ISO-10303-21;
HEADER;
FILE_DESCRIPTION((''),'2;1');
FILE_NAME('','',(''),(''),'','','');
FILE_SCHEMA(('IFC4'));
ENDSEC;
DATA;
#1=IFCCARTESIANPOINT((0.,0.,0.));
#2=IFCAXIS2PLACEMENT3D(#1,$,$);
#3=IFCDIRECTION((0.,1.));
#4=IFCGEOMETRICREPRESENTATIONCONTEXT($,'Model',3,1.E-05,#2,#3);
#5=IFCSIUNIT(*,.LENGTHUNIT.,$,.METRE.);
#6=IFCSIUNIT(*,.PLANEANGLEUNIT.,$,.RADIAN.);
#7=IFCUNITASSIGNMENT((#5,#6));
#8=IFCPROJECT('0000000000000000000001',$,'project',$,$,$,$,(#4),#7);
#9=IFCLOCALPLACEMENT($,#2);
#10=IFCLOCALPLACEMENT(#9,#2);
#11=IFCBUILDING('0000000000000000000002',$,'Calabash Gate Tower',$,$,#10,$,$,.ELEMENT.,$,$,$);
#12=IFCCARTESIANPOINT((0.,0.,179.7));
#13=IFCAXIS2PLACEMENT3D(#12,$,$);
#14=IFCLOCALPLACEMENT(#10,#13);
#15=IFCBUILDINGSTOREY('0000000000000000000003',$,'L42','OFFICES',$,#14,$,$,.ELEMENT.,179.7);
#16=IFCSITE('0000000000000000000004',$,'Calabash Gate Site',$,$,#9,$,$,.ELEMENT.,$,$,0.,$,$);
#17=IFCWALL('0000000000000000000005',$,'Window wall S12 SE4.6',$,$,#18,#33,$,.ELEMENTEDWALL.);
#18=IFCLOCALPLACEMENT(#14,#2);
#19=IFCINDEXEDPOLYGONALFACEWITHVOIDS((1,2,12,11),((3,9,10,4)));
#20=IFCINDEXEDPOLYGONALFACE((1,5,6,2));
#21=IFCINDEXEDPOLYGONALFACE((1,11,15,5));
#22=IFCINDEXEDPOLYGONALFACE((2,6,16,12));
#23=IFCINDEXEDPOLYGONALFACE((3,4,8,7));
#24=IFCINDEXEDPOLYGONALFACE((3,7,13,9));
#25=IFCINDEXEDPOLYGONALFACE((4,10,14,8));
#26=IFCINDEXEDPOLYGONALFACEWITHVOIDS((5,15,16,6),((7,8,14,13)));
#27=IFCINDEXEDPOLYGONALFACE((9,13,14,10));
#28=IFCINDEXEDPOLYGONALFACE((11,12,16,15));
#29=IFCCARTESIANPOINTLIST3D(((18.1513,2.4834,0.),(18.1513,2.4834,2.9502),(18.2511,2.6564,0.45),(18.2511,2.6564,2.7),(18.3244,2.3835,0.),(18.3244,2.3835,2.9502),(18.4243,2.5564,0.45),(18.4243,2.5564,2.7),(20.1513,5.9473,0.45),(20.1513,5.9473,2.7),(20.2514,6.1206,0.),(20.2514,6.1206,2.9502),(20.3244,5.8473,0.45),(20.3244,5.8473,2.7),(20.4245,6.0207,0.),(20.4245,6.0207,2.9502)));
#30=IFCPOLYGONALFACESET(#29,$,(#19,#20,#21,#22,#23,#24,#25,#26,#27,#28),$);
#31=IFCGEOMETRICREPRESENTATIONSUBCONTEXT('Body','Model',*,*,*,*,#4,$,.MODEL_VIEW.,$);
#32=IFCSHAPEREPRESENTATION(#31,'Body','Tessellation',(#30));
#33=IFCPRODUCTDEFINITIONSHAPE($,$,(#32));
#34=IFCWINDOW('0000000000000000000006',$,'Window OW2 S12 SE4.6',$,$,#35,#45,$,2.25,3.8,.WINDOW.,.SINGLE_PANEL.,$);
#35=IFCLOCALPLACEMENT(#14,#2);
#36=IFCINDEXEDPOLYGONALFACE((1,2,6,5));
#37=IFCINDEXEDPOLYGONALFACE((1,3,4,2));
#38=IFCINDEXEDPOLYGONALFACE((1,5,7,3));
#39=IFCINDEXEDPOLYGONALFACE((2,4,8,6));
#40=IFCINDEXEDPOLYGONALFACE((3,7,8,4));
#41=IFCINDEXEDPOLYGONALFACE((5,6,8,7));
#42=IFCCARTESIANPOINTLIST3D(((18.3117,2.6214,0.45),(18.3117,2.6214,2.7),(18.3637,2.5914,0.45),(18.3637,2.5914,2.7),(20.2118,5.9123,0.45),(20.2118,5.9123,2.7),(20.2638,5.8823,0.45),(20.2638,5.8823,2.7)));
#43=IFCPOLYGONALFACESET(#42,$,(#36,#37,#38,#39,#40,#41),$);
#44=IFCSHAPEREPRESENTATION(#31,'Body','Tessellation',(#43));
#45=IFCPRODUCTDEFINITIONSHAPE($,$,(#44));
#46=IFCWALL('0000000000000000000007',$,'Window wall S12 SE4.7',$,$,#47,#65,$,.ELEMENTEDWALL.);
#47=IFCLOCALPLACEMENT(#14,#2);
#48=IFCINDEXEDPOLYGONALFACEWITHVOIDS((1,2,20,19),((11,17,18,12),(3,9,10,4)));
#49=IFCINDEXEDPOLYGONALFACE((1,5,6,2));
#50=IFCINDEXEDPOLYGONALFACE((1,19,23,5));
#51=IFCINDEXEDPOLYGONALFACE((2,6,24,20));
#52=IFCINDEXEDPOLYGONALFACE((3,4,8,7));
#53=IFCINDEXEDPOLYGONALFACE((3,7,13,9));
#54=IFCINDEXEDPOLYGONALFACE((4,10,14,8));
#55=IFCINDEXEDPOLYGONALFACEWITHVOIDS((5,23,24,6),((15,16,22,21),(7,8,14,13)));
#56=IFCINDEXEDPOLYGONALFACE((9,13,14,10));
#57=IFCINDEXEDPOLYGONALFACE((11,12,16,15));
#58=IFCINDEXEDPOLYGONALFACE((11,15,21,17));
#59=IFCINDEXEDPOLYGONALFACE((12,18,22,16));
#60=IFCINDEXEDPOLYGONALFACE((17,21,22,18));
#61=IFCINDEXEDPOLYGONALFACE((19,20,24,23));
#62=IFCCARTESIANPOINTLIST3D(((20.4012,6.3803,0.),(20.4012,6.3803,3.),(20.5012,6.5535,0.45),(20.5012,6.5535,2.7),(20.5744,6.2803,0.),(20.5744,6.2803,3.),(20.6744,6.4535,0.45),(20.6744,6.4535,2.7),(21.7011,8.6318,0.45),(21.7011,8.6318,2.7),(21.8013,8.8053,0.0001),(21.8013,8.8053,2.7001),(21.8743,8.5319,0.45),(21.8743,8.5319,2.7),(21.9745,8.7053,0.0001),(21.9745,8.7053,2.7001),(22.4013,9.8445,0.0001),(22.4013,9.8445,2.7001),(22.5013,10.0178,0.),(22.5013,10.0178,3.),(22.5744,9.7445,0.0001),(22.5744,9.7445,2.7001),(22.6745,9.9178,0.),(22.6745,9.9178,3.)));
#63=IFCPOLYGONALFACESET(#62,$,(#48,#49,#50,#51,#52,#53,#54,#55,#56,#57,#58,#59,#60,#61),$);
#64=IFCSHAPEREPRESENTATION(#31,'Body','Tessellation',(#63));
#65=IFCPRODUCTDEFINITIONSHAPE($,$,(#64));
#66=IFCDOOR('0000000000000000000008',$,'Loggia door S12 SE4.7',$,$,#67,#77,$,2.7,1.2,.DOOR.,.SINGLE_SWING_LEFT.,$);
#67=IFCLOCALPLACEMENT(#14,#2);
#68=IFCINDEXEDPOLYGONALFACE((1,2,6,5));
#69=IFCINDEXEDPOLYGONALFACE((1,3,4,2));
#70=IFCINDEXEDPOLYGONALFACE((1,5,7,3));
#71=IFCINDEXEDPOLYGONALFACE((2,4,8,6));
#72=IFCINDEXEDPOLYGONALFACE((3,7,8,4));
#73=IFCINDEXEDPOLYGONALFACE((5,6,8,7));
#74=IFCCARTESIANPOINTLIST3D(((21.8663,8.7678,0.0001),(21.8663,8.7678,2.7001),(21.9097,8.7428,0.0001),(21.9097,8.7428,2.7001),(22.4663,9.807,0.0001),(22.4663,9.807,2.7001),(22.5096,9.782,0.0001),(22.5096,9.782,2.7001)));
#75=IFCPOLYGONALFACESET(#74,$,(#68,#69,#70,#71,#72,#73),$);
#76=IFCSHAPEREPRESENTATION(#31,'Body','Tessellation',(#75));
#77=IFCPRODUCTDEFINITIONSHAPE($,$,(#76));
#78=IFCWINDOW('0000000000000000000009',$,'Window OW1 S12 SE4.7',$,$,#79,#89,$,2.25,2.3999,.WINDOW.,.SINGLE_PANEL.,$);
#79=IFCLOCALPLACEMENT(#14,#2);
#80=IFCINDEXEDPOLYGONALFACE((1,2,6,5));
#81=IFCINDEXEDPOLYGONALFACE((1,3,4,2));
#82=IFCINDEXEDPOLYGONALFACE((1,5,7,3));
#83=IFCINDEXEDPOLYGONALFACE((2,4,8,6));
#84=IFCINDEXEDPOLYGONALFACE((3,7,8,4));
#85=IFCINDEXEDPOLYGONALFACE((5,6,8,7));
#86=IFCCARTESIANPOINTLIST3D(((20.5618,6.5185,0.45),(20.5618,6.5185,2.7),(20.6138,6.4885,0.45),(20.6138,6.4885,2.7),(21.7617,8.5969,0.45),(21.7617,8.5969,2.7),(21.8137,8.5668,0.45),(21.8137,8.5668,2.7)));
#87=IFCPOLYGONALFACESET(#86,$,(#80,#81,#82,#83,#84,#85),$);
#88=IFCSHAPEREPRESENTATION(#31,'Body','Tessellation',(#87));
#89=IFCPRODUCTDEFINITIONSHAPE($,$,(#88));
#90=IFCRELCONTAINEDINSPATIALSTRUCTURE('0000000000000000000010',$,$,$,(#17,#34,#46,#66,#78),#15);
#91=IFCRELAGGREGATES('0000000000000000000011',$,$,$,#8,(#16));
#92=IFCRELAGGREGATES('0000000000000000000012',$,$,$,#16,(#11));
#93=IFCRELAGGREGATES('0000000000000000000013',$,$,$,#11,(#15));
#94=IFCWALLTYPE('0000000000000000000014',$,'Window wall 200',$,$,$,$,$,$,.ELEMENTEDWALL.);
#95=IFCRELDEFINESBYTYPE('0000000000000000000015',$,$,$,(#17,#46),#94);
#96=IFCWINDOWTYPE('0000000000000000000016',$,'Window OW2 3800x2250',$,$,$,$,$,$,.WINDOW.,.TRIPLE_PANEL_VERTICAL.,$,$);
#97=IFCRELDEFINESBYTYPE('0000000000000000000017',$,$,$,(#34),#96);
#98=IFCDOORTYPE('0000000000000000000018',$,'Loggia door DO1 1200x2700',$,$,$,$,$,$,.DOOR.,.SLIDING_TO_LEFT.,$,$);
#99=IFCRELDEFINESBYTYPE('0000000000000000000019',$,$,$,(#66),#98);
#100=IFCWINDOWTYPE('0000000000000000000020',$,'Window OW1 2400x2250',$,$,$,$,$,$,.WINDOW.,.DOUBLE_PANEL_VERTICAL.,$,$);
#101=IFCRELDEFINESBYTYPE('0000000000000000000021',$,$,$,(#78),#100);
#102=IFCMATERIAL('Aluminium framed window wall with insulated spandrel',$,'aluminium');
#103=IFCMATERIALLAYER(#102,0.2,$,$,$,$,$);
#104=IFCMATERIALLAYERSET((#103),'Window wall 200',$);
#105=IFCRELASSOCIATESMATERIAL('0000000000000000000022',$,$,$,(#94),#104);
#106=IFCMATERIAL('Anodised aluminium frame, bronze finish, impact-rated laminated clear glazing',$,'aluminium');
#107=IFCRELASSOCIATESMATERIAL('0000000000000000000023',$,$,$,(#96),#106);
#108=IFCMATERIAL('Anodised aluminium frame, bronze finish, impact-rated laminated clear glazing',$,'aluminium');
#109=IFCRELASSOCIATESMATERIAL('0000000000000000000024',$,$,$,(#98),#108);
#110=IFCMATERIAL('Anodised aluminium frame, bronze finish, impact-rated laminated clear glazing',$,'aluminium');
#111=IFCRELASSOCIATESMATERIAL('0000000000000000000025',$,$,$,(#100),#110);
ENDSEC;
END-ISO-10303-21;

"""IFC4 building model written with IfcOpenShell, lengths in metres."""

from ifc_helpers import new_model, si_unit, direction, frame, frame_2d, origin, place, context, subcontext, project, spatial, rectangle, extrude, material, layer, layer_set, type_object, element, fill, save


model = new_model("IFC4")

# Units and contexts
model_context = context("Model", 3, precision=1e-05, world=origin(), true_north=direction((0.0, 1.0)))
body_context = subcontext(model_context, "Body", "Model", "MODEL_VIEW")
ifc_project = project(units=[si_unit("LENGTHUNIT", "METRE"), si_unit("PLANEANGLEUNIT", "RADIAN")], contexts=[model_context])

# Site, building, storey
site_placement = place(None, origin())
site = spatial("IfcSite", under=ifc_project, at=site_placement, Name="Calabash Gate Site", CompositionType="ELEMENT", RefElevation=0.0)
building_placement = place(site_placement, origin())
building = spatial("IfcBuilding", under=site, at=building_placement, Name="Calabash Gate Tower", CompositionType="ELEMENT")
storey_placement = place(building_placement, frame((0.0, 0.0, 179.7)))
storey = spatial("IfcBuildingStorey", under=building, at=storey_placement, Name="L42", Description="OFFICES", CompositionType="ELEMENT", Elevation=179.7)

# Wall, opening, window
ifc_material_1 = material(Name="Aluminium framed window wall with insulated spandrel", Category="aluminium")
ifc_layer_1 = layer(ifc_material_1, 0.2)
ifc_layer_set_1 = layer_set([ifc_layer_1], Name="Window wall 200")
wall_type_1 = type_object("IfcWallType", Name="Window wall 200", PredefinedType="ELEMENTEDWALL", material=ifc_layer_set_1)
wall_1_placement = place(storey_placement, frame((18.2378, 2.4333, 0.0), z_axis=(0.0, 0.0, 1.0), x_axis=(0.500028, 0.866009, 0.0)))
wall_1 = element("IfcWall", 1, at=wall_1_placement, inside=storey, type_object=wall_type_1, Name="Window wall S12 SE4.6", PredefinedType="ELEMENTEDWALL", context=body_context, shape_type="SweptSolid", body=[
    extrude(rectangle(XDim=4.2, YDim=0.2, at=frame_2d((2.1001, 0.0))), origin(), (0.0, 0.0, 1.0), 2.9502),
])
opening_1_placement = place(wall_1_placement, frame((0.2, 0.0, 0.45)))
opening_1 = element("IfcOpeningElement", 2, at=opening_1_placement, cuts=wall_1, PredefinedType="OPENING", context=body_context, shape_type="SweptSolid", body=[
    extrude(rectangle(XDim=3.8, YDim=2.25, at=frame_2d((1.8999, 1.125))), frame((0.0, 0.1099, 0.0), z_axis=(0.0, -1.0, 0.0), x_axis=(1.0, 0.0, 0.0)), (0.0, 0.0, 1.0), 0.22),
])
ifc_material_2 = material(Name="Anodised aluminium frame, bronze finish, impact-rated laminated clear glazing", Category="aluminium")
window_type_1 = type_object("IfcWindowType", Name="Window OW2 3800x2250", PartitioningType="TRIPLE_PANEL_VERTICAL", PredefinedType="WINDOW", material=ifc_material_2)
window_1_placement = place(opening_1_placement, origin())
window_1 = element("IfcWindow", 3, at=window_1_placement, inside=storey, type_object=window_type_1, Name="Window OW2 S12 SE4.6", OverallHeight=2.25, OverallWidth=3.8, PartitioningType="SINGLE_PANEL", PredefinedType="WINDOW", context=body_context, shape_type="SweptSolid", body=[
    extrude(rectangle(XDim=3.8, YDim=2.25, at=frame_2d((1.8999, 1.125))), frame((0.0, 0.03, 0.0), z_axis=(0.0, -1.0, 0.0), x_axis=(1.0, 0.0, 0.0)), (0.0, 0.0, 1.0), 0.0601),
])
fill(opening_1, window_1)

# Wall, openings, door, window
wall_2_placement = place(storey_placement, frame((20.4878, 6.3303, 0.0), z_axis=(0.0, 0.0, 1.0), x_axis=(0.500003, 0.866024, 0.0)))
wall_2 = element("IfcWall", 4, at=wall_2_placement, inside=storey, type_object=wall_type_1, Name="Window wall S12 SE4.7", PredefinedType="ELEMENTEDWALL", context=body_context, shape_type="SweptSolid", body=[
    extrude(rectangle(XDim=4.2002, YDim=0.2, at=frame_2d((2.1001, 0.0))), origin(), (0.0, 0.0, 1.0), 3.0),
])
opening_2_placement = place(wall_2_placement, frame((0.2, 0.0, 0.45)))
opening_2 = element("IfcOpeningElement", 5, at=opening_2_placement, cuts=wall_2, PredefinedType="OPENING", context=body_context, shape_type="SweptSolid", body=[
    extrude(rectangle(XDim=2.3999, YDim=2.25, at=frame_2d((1.2, 1.125))), frame((0.0, 0.1099, 0.0), z_axis=(0.0, -1.0, 0.0), x_axis=(1.0, 0.0, 0.0)), (0.0, 0.0, 1.0), 0.22),
])
opening_3_placement = place(wall_2_placement, frame((2.8, 0.0, 0.0)))
opening_3 = element("IfcOpeningElement", 6, at=opening_3_placement, cuts=wall_2, PredefinedType="OPENING", context=body_context, shape_type="SweptSolid", body=[
    extrude(rectangle(XDim=1.2, YDim=2.7, at=frame_2d((0.6001, 1.3501))), frame((0.0, 0.1099, 0.0), z_axis=(0.0, -1.0, 0.0), x_axis=(1.0, 0.0, 0.0)), (0.0, 0.0, 1.0), 0.22),
])
ifc_material_3 = material(Name="Anodised aluminium frame, bronze finish, impact-rated laminated clear glazing", Category="aluminium")
door_type_1 = type_object("IfcDoorType", Name="Loggia door DO1 1200x2700", OperationType="SLIDING_TO_LEFT", PredefinedType="DOOR", material=ifc_material_3)
door_1_placement = place(opening_3_placement, origin())
door_1 = element("IfcDoor", 7, at=door_1_placement, inside=storey, type_object=door_type_1, Name="Loggia door S12 SE4.7", OperationType="SINGLE_SWING_LEFT", OverallHeight=2.7, OverallWidth=1.2, PredefinedType="DOOR", context=body_context, shape_type="SweptSolid", body=[
    extrude(rectangle(XDim=1.2, YDim=2.7, at=frame_2d((0.6001, 1.3501))), frame((0.0, 0.0249, 0.0), z_axis=(0.0, -1.0, 0.0), x_axis=(1.0, 0.0, 0.0)), (0.0, 0.0, 1.0), 0.05),
])
fill(opening_3, door_1)
ifc_material_4 = material(Name="Anodised aluminium frame, bronze finish, impact-rated laminated clear glazing", Category="aluminium")
window_type_2 = type_object("IfcWindowType", Name="Window OW1 2400x2250", PartitioningType="DOUBLE_PANEL_VERTICAL", PredefinedType="WINDOW", material=ifc_material_4)
window_2_placement = place(opening_2_placement, origin())
window_2 = element("IfcWindow", 8, at=window_2_placement, inside=storey, type_object=window_type_2, Name="Window OW1 S12 SE4.7", OverallHeight=2.25, OverallWidth=2.3999, PartitioningType="SINGLE_PANEL", PredefinedType="WINDOW", context=body_context, shape_type="SweptSolid", body=[
    extrude(rectangle(XDim=2.3999, YDim=2.25, at=frame_2d((1.2, 1.125))), frame((0.0, 0.03, 0.0), z_axis=(0.0, -1.0, 0.0), x_axis=(1.0, 0.0, 0.0)), (0.0, 0.0, 1.0), 0.0601),
])
fill(opening_2, window_2)

save(model, "model.ifc")
